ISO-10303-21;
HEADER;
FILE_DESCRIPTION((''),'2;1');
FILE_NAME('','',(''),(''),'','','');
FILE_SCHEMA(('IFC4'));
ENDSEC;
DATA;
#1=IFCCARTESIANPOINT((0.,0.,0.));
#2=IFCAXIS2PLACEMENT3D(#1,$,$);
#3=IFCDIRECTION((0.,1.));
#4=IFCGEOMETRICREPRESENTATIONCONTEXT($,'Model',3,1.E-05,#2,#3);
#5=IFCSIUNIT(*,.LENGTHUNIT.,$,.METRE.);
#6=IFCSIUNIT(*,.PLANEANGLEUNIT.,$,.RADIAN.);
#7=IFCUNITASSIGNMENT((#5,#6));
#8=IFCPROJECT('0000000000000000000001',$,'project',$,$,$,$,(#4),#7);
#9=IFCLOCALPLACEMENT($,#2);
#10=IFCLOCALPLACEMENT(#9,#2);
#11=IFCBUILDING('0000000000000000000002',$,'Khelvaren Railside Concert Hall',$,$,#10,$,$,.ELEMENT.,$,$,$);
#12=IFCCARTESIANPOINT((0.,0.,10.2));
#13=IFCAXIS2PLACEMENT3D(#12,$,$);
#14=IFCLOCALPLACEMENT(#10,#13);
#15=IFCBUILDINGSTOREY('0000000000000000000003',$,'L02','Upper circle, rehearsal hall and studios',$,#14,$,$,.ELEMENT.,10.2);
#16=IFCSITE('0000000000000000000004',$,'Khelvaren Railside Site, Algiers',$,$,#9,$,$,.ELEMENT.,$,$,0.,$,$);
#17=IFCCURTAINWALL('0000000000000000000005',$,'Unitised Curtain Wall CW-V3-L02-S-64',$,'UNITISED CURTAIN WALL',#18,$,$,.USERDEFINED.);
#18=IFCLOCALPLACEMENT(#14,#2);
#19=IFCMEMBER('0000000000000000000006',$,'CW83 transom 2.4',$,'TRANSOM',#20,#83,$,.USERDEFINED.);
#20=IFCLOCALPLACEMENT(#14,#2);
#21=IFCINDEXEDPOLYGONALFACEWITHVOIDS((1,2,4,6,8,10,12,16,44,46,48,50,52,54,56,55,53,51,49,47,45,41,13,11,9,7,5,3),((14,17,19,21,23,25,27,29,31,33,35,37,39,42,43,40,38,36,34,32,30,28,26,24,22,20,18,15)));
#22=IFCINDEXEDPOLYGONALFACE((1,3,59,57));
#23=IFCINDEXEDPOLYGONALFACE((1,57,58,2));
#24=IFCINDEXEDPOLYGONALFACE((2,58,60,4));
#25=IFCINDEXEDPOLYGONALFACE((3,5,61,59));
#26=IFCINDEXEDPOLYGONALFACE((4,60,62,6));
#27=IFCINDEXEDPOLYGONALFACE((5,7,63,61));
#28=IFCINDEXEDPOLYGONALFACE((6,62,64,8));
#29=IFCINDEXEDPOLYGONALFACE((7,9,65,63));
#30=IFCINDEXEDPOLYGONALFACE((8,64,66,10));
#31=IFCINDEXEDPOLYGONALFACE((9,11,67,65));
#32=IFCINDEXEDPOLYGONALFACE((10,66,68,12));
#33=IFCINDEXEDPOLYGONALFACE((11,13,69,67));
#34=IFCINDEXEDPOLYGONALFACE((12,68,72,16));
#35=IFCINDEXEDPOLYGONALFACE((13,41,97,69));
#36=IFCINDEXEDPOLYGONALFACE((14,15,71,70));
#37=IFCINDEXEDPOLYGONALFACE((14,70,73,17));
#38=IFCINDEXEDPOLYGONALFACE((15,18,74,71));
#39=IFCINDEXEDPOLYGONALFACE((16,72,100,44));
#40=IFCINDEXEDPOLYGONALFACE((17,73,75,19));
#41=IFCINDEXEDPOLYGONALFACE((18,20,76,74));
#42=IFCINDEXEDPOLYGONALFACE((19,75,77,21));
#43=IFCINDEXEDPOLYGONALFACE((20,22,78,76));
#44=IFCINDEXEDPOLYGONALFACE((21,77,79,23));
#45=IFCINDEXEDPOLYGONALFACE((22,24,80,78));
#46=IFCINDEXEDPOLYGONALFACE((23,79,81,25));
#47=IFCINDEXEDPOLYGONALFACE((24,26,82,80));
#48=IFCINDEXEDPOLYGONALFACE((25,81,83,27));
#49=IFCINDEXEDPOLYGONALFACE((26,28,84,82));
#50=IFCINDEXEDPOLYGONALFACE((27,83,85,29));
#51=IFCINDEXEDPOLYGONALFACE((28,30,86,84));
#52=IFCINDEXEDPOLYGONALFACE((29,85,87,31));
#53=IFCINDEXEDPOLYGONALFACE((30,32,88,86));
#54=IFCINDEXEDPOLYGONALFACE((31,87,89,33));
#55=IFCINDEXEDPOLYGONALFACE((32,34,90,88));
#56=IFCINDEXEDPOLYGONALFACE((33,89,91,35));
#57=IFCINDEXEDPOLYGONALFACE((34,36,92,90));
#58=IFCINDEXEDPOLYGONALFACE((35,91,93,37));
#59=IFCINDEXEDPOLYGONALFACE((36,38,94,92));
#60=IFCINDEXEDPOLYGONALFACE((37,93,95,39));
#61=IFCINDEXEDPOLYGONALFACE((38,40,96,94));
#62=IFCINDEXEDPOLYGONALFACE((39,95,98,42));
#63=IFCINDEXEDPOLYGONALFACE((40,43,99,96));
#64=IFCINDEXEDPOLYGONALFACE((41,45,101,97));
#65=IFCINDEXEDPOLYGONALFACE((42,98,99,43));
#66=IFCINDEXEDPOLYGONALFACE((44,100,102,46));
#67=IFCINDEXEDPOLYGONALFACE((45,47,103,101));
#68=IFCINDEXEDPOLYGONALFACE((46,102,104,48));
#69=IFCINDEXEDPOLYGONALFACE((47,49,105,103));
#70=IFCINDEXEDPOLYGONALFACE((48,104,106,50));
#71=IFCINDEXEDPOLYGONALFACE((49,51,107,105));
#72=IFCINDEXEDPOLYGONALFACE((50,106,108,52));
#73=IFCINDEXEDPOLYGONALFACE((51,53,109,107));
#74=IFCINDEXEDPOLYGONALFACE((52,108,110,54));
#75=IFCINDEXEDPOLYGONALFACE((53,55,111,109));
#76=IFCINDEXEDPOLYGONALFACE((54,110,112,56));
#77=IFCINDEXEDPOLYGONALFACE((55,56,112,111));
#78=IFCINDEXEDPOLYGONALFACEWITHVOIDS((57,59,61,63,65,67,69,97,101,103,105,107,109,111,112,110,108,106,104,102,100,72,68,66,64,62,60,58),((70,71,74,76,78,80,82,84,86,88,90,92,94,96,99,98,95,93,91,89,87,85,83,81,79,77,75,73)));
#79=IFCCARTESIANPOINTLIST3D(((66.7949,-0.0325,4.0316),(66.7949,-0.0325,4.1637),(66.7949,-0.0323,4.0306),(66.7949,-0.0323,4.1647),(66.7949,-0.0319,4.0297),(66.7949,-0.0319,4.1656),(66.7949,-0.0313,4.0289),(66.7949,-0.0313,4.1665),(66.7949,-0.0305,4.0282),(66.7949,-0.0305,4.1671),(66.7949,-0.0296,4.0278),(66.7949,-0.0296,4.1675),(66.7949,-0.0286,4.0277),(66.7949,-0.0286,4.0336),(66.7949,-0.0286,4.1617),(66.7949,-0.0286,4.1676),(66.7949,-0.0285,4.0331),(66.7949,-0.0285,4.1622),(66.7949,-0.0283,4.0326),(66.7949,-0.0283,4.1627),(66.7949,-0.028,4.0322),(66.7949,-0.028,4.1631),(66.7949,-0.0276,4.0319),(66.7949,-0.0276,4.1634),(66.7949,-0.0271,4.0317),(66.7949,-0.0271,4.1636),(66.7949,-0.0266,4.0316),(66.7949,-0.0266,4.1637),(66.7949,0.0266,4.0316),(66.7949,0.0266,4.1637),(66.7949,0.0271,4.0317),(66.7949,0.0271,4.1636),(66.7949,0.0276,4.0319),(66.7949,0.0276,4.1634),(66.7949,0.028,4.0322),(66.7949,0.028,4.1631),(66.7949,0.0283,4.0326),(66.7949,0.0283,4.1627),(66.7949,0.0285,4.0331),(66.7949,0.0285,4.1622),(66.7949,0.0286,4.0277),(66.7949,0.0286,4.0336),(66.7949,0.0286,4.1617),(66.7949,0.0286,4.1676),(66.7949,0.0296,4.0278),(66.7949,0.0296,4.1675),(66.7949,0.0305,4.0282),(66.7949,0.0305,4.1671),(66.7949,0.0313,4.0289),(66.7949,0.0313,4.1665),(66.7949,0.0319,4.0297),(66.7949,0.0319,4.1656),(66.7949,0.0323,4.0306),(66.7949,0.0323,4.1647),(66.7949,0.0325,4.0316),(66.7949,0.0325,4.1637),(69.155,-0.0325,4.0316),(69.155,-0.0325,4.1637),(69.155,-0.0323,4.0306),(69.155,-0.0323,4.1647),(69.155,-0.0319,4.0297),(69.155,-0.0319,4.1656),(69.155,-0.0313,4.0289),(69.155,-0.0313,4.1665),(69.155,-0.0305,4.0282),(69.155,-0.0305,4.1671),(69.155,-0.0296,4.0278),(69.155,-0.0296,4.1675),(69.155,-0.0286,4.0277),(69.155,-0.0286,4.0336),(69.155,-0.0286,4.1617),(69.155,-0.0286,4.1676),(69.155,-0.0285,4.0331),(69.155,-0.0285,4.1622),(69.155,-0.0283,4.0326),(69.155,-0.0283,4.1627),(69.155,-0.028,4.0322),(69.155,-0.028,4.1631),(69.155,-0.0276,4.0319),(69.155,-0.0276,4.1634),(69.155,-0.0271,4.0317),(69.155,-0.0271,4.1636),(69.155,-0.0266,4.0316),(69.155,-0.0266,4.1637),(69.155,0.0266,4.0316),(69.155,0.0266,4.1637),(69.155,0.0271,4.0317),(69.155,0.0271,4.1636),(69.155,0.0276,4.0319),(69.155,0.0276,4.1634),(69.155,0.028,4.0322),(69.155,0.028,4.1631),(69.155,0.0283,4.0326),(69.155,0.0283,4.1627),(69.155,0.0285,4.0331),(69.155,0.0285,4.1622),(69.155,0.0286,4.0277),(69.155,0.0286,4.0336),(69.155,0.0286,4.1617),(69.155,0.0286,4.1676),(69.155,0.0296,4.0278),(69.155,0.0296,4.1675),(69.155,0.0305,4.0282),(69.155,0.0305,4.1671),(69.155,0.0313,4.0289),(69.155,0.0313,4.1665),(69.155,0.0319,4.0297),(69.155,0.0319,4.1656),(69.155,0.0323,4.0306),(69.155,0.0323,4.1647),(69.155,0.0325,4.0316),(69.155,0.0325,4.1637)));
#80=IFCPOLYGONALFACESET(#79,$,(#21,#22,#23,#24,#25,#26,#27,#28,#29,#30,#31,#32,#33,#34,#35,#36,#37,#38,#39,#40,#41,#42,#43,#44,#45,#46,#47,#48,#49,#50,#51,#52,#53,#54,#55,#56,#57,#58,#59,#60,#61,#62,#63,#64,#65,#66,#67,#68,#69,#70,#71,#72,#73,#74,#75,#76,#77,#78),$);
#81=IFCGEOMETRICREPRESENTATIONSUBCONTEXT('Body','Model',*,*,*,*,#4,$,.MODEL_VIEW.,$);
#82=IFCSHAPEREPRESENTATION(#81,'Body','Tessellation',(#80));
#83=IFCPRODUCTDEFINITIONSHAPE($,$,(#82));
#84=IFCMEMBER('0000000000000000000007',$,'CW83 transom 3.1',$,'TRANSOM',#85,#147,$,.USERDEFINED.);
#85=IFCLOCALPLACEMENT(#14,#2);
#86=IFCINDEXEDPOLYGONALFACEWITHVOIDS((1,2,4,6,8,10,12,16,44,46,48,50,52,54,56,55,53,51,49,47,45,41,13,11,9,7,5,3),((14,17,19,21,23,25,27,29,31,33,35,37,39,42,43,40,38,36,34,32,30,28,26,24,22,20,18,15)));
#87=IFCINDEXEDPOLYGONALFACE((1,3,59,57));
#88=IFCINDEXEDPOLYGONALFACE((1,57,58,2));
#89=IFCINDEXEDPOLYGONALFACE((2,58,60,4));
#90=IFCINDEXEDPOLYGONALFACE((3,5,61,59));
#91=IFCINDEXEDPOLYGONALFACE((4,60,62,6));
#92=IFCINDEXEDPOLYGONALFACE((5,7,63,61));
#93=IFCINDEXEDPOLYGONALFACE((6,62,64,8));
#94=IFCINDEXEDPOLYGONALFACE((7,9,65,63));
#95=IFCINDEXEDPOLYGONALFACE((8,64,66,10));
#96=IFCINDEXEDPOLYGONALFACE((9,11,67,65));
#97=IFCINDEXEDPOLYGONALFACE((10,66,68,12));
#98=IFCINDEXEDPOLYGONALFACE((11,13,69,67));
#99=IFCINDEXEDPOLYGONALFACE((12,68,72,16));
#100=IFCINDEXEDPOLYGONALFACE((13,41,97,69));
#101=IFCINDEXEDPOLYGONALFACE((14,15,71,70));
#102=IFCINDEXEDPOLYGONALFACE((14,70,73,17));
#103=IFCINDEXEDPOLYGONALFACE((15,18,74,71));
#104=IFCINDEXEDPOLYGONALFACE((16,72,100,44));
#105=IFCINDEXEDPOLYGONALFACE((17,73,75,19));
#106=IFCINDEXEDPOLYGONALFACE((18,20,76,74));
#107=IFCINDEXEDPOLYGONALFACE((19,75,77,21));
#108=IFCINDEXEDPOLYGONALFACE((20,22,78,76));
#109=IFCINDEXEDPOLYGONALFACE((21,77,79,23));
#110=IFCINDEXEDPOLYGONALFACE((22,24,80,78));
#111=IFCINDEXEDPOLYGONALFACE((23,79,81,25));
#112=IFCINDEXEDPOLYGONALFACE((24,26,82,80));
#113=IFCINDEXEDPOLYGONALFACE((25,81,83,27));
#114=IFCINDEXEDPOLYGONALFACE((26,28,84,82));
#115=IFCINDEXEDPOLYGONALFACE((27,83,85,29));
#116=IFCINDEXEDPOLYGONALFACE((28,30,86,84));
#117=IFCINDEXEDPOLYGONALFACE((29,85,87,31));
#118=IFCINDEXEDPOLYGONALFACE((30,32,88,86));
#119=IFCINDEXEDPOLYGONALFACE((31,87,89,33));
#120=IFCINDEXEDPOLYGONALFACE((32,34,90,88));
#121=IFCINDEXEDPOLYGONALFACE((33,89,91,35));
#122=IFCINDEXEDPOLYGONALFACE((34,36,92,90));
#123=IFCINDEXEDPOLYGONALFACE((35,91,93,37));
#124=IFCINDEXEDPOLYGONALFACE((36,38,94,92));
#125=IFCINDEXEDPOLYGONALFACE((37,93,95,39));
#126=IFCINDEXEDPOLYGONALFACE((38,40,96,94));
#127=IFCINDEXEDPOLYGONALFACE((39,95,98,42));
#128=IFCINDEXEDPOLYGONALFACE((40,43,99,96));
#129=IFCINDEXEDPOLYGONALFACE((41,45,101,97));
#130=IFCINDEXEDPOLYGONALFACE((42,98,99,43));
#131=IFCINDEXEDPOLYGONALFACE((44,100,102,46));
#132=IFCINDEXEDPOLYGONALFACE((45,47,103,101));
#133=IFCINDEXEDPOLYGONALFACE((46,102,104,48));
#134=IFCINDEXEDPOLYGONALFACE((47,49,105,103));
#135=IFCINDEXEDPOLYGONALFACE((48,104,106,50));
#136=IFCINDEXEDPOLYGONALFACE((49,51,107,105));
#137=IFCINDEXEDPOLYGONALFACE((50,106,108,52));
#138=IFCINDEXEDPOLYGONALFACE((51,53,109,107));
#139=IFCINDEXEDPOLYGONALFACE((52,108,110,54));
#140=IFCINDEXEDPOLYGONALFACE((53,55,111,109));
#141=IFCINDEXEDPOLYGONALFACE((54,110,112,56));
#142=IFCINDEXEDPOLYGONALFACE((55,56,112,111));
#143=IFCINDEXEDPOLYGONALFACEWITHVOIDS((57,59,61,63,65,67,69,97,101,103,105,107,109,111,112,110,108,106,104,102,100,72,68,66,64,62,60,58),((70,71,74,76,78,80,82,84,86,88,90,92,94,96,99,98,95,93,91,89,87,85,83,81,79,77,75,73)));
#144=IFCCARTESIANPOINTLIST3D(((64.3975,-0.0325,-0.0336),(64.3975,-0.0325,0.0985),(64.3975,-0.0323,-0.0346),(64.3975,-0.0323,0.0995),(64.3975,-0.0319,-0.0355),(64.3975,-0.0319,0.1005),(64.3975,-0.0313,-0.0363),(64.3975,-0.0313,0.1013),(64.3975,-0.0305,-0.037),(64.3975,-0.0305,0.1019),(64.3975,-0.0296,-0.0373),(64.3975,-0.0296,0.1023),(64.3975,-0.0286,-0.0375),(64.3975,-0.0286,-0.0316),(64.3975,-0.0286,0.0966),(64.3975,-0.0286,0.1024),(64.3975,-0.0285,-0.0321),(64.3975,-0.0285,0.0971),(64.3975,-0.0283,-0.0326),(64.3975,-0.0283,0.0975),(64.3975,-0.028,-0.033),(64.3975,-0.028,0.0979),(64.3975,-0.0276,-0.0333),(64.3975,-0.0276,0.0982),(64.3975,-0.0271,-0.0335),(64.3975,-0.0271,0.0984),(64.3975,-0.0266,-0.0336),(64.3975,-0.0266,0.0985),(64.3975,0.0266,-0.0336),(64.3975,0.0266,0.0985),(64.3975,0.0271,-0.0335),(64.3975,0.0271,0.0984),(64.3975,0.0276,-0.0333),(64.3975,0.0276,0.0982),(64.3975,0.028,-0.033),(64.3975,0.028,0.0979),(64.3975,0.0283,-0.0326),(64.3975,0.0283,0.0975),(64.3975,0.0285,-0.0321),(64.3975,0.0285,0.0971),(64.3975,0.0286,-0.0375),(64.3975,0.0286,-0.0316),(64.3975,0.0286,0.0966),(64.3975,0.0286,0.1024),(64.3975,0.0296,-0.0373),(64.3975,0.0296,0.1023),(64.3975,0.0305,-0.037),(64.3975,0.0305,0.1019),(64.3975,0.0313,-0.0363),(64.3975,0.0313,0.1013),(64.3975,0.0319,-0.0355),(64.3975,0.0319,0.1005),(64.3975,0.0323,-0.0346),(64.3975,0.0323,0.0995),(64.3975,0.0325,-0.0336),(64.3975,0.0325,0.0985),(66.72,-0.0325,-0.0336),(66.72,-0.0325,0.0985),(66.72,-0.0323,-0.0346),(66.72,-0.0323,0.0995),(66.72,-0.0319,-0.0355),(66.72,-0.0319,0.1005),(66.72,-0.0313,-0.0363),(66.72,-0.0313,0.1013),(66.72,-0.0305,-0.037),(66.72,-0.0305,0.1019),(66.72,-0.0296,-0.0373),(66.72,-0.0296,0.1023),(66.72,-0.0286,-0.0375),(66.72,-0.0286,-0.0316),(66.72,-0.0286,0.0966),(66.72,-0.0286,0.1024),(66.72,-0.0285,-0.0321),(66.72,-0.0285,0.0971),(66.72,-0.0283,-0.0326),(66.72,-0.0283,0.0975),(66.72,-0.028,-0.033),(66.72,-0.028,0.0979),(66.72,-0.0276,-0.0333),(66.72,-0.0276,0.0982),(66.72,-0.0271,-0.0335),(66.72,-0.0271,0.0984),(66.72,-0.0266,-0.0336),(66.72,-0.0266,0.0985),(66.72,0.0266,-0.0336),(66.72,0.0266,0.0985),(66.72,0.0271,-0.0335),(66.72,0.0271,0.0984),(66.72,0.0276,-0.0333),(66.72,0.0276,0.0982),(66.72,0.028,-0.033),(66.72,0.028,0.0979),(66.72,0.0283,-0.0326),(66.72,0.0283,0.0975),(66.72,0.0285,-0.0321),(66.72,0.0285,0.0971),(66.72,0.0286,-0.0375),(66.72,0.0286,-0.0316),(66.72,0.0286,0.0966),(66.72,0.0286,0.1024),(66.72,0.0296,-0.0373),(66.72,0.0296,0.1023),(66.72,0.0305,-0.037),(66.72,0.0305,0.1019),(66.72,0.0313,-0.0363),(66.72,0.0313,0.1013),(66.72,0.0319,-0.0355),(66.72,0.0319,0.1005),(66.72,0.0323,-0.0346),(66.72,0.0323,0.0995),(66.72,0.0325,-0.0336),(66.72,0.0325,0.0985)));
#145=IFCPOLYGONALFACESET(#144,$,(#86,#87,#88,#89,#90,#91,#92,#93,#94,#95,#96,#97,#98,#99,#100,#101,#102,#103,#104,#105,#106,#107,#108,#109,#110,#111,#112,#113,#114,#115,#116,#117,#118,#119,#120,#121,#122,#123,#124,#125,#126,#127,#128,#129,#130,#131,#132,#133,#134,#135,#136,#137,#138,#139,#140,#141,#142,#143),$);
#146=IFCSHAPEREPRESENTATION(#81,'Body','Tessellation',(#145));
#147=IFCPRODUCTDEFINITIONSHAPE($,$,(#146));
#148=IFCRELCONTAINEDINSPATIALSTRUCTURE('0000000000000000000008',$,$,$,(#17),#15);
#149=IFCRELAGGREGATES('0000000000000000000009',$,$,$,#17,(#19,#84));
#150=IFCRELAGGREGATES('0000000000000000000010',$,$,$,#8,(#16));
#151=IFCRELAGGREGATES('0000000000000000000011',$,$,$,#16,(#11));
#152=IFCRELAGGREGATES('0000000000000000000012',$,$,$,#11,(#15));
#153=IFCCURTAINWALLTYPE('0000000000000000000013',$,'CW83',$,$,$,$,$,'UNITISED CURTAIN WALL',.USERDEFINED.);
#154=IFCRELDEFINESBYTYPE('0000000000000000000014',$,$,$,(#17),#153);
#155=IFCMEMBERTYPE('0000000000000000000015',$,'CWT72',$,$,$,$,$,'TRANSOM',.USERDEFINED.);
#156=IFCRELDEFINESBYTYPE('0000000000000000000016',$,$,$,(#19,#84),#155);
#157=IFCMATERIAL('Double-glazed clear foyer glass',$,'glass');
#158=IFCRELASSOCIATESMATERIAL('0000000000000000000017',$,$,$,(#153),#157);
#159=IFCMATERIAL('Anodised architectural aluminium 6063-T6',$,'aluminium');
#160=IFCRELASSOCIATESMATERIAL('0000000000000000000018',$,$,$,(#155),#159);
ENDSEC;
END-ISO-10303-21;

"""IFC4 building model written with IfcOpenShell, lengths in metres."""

from ifc_helpers import new_model, si_unit, direction, frame, origin, origin_2d, place, context, subcontext, project, spatial, hollow_rectangle, extrude, material, material_profile, profile_set, type_object, element, aggregate, save


model = new_model("IFC4")

# Units and contexts
model_context = context("Model", 3, precision=1e-05, world=origin(), true_north=direction((0.0, 1.0)))
body_context = subcontext(model_context, "Body", "Model", "MODEL_VIEW")
ifc_project = project(units=[si_unit("LENGTHUNIT", "METRE"), si_unit("PLANEANGLEUNIT", "RADIAN")], contexts=[model_context])

# Site, building, storey
site_placement = place(None, origin())
site = spatial("IfcSite", under=ifc_project, at=site_placement, Name="Khelvaren Railside Site, Algiers", CompositionType="ELEMENT", RefElevation=0.0)
building_placement = place(site_placement, origin())
building = spatial("IfcBuilding", under=site, at=building_placement, Name="Khelvaren Railside Concert Hall", CompositionType="ELEMENT")
storey_placement = place(building_placement, frame((0.0, 0.0, 10.2)))
storey = spatial("IfcBuildingStorey", under=building, at=storey_placement, Name="L02", Description="Upper circle, rehearsal hall and studios", CompositionType="ELEMENT", Elevation=10.2)

# Curtain wall, members
ifc_material_1 = material(Name="Double-glazed clear foyer glass", Category="glass")
curtain_wall_type = type_object("IfcCurtainWallType", Name="CW83", ElementType="UNITISED CURTAIN WALL", PredefinedType="USERDEFINED", material=ifc_material_1)
curtain_wall_placement = place(storey_placement, origin())
curtain_wall = element("IfcCurtainWall", 1, at=curtain_wall_placement, inside=storey, type_object=curtain_wall_type, Name="Unitised Curtain Wall CW-V3-L02-S-64", ObjectType="UNITISED CURTAIN WALL", PredefinedType="USERDEFINED")
ifc_material_2 = material(Name="Anodised architectural aluminium 6063-T6", Category="aluminium")
ifc_material_profile_1 = material_profile(ifc_material_2, hollow_rectangle(XDim=0.0649, YDim=0.1399, WallThickness=0.0039, InnerFilletRadius=0.002, OuterFilletRadius=0.0039, at=origin_2d()), Name="CWT 65x140x4")
ifc_profile_set_1 = profile_set([ifc_material_profile_1], Name="Anodised architectural aluminium 6063-T6")
member_type_1 = type_object("IfcMemberType", Name="CWT72", ElementType="TRANSOM", PredefinedType="USERDEFINED", material=ifc_profile_set_1)
member_1_placement = place(storey_placement, frame((69.155, 0.0, 4.0977), z_axis=(-1.0, 0.0, 0.0), x_axis=(0.0, -1.0, 0.0)))
member_1 = element("IfcMember", 2, at=member_1_placement, type_object=member_type_1, Name="CW83 transom 2.4", ObjectType="TRANSOM", PredefinedType="USERDEFINED", context=body_context, shape_type="SweptSolid", body=[
    extrude(hollow_rectangle(XDim=0.0649, YDim=0.1399, WallThickness=0.0039, InnerFilletRadius=0.002, OuterFilletRadius=0.0039, at=origin_2d()), origin(), (0.0, 0.0, 1.0), 2.3601),
])
member_2_placement = place(storey_placement, frame((66.72, 0.0, 0.0325), z_axis=(-1.0, 0.0, 0.0), x_axis=(0.0, -1.0, 0.0)))
member_2 = element("IfcMember", 3, at=member_2_placement, type_object=member_type_1, Name="CW83 transom 3.1", ObjectType="TRANSOM", PredefinedType="USERDEFINED", context=body_context, shape_type="SweptSolid", body=[
    extrude(hollow_rectangle(XDim=0.0649, YDim=0.1399, WallThickness=0.0039, InnerFilletRadius=0.002, OuterFilletRadius=0.0039, at=origin_2d()), origin(), (0.0, 0.0, 1.0), 2.3225),
])

aggregate(curtain_wall, [member_1, member_2])

save(model, "model.ifc")
